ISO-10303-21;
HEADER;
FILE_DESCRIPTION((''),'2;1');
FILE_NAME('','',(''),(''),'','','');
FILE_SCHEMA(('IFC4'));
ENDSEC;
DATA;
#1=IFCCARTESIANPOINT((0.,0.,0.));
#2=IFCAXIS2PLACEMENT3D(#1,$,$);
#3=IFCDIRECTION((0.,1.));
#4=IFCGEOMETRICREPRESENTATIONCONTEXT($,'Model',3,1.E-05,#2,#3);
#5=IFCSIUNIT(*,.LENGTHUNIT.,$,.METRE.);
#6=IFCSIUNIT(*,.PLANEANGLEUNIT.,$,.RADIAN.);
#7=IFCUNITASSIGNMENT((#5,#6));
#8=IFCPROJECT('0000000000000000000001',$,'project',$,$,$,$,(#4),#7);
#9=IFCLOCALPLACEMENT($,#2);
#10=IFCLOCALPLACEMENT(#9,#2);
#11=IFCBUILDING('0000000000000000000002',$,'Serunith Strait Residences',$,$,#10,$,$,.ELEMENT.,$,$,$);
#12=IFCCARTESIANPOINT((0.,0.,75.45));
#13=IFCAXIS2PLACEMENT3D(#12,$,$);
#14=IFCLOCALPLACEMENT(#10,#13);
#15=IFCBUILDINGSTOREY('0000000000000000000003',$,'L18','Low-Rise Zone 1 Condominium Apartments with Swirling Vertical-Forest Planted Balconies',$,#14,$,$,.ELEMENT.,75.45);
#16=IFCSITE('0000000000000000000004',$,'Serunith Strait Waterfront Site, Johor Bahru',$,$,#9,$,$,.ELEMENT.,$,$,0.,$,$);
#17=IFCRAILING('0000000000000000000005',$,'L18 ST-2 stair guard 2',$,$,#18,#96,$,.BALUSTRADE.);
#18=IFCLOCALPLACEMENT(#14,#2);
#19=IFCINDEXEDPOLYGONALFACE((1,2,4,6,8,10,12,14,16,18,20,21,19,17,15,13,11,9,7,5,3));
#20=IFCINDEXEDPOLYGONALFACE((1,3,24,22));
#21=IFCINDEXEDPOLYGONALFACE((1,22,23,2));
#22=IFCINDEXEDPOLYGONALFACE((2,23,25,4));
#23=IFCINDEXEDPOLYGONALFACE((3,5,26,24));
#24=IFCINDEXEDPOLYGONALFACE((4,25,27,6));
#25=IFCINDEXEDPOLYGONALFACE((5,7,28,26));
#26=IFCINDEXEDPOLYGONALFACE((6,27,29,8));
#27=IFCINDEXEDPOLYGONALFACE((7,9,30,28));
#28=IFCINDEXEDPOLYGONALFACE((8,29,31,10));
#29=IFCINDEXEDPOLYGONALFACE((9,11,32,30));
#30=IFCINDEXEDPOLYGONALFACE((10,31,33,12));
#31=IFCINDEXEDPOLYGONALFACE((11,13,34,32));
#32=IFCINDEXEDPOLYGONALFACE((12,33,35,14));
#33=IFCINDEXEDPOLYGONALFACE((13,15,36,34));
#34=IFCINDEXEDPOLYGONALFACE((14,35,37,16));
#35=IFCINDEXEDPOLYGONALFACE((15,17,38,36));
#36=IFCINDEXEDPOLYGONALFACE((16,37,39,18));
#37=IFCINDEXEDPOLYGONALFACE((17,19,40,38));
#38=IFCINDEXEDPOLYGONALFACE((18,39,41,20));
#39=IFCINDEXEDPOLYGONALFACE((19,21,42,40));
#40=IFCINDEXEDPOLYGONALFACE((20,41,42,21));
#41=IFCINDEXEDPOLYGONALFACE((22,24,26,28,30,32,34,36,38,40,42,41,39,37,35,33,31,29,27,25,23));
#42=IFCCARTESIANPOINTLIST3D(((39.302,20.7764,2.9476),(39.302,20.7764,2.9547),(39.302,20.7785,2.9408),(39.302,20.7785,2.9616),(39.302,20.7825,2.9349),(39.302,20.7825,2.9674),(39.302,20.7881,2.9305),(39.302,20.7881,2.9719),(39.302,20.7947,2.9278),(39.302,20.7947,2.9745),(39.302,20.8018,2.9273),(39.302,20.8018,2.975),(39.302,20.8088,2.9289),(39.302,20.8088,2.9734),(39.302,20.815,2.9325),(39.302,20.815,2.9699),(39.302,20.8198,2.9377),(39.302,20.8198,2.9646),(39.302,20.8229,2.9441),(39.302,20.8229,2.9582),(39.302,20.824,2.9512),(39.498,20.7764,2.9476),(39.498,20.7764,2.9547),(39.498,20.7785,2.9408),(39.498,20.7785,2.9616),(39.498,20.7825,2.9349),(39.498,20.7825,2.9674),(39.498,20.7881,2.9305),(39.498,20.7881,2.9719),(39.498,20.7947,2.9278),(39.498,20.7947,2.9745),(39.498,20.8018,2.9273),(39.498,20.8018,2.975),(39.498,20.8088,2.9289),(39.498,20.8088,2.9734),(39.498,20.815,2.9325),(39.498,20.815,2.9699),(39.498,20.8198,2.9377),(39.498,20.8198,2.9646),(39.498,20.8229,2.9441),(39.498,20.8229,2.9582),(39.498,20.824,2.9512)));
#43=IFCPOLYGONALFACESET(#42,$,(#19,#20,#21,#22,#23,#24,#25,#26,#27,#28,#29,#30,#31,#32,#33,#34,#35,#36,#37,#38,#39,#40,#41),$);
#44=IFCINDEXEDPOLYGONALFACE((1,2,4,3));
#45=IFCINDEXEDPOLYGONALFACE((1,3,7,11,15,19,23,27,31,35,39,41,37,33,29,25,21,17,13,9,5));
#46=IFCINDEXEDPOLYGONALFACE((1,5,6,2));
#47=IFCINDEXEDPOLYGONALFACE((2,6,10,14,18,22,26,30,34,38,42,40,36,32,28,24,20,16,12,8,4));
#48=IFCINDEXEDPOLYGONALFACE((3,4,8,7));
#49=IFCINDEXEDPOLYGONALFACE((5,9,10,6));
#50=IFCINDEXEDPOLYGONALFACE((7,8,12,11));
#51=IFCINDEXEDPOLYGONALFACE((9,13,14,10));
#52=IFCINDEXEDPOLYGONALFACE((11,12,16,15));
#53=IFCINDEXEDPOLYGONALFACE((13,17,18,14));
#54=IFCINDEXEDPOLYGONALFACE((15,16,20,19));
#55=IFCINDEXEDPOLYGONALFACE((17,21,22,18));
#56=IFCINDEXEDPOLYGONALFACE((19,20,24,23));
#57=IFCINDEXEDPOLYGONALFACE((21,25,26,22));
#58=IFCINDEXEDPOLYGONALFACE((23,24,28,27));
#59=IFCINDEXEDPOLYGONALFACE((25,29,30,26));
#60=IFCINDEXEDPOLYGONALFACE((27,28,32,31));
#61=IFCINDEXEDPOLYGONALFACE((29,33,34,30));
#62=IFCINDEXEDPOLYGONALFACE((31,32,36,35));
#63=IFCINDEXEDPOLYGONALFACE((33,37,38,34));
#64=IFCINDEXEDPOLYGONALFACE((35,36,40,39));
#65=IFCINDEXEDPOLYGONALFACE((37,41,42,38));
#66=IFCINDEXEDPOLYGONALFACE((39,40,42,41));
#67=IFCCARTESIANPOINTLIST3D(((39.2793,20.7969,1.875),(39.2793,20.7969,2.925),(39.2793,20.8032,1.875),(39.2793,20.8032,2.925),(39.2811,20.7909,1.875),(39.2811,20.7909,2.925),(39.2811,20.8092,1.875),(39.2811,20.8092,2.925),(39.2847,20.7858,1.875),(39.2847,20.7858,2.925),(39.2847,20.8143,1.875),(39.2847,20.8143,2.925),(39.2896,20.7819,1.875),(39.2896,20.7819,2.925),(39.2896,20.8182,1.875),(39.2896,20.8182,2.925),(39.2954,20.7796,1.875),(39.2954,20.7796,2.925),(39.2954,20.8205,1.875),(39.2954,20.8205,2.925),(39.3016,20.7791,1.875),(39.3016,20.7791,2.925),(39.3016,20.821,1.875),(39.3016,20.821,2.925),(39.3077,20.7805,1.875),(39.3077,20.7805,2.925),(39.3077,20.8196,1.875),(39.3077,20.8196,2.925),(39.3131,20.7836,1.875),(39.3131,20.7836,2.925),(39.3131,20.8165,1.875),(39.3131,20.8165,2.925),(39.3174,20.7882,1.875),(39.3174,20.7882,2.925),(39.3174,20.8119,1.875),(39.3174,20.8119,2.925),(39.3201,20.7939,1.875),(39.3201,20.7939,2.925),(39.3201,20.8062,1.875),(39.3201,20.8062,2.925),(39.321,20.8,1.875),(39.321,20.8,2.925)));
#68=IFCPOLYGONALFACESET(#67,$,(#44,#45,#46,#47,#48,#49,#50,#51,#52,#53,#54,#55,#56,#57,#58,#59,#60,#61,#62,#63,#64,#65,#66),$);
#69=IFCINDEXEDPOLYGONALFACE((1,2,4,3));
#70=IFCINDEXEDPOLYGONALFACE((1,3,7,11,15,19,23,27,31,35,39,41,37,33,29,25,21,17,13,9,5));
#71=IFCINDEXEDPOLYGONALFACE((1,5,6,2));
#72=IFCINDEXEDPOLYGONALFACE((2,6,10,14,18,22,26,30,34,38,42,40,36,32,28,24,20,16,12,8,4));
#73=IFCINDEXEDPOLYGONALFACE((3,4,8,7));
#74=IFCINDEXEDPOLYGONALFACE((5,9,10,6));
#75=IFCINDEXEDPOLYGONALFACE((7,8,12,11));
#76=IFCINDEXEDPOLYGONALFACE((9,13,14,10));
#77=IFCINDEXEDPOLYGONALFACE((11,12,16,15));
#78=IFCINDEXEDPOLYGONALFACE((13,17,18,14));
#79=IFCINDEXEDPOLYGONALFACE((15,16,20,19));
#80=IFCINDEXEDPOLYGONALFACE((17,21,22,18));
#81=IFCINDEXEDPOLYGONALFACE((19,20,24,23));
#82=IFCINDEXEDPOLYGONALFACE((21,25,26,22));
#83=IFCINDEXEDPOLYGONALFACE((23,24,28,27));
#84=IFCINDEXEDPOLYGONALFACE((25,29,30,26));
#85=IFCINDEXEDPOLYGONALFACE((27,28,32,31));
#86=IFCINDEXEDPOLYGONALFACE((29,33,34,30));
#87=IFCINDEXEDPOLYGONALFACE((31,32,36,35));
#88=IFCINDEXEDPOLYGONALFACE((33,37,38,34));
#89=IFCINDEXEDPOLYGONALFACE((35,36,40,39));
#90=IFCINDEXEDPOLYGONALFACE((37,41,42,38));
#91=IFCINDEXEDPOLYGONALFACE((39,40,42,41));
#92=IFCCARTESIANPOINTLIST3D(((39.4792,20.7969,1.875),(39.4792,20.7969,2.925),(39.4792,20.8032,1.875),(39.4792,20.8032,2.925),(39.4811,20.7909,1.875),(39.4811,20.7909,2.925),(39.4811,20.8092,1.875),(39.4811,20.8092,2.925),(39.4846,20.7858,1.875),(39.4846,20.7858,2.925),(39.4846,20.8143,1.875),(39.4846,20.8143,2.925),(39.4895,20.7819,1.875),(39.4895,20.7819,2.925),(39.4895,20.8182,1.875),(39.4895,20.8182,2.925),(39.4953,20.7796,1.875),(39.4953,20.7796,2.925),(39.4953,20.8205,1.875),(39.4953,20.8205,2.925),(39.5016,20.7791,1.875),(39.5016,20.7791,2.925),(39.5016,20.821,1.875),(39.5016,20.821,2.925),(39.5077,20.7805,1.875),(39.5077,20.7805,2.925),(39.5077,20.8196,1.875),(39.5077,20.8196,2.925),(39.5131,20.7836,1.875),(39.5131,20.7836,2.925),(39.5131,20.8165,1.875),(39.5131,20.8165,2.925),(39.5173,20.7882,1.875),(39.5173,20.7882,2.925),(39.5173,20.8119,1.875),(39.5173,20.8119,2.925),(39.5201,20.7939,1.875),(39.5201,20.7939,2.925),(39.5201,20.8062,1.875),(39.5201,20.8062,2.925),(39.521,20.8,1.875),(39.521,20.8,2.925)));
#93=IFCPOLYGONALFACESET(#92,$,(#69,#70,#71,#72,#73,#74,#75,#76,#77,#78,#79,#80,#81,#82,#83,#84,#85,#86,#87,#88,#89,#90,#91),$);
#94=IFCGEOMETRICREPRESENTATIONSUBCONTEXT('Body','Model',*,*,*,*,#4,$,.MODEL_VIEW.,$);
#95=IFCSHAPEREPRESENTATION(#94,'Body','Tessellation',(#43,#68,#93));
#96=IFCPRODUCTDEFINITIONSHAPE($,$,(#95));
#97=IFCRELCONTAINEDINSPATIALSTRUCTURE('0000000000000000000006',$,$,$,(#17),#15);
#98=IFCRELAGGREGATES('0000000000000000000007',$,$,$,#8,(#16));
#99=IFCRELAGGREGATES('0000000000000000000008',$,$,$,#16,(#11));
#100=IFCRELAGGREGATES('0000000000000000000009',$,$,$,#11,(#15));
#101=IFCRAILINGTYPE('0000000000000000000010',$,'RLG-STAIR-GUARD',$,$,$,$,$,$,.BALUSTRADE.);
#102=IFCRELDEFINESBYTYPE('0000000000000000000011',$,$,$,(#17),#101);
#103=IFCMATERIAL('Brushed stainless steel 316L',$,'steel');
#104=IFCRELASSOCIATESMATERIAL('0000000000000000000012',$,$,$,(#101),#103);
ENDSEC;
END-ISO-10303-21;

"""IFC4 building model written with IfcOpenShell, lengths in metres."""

from ifc_helpers import new_model, si_unit, direction, frame, origin, origin_2d, place, context, subcontext, project, spatial, circle, extrude, material, type_object, element, save


model = new_model("IFC4")

# Units and contexts
model_context = context("Model", 3, precision=1e-05, world=origin(), true_north=direction((0.0, 1.0)))
body_context = subcontext(model_context, "Body", "Model", "MODEL_VIEW")
ifc_project = project(units=[si_unit("LENGTHUNIT", "METRE"), si_unit("PLANEANGLEUNIT", "RADIAN")], contexts=[model_context])

# Site, building, storey
site_placement = place(None, origin())
site = spatial("IfcSite", under=ifc_project, at=site_placement, Name="Serunith Strait Waterfront Site, Johor Bahru", CompositionType="ELEMENT", RefElevation=0.0)
building_placement = place(site_placement, origin())
building = spatial("IfcBuilding", under=site, at=building_placement, Name="Serunith Strait Residences", CompositionType="ELEMENT")
storey_placement = place(building_placement, frame((0.0, 0.0, 75.45)))
storey = spatial("IfcBuildingStorey", under=building, at=storey_placement, Name="L18", Description="Low-Rise Zone 1 Condominium Apartments with Swirling Vertical-Forest Planted Balconies", CompositionType="ELEMENT", Elevation=75.45)

# Railing
ifc_material_1 = material(Name="Brushed stainless steel 316L", Category="steel")
railing_type_1 = type_object("IfcRailingType", Name="RLG-STAIR-GUARD", PredefinedType="BALUSTRADE", material=ifc_material_1)
railing_1_placement = place(storey_placement, frame((39.3, 20.8, 1.875)))
element("IfcRailing", 1, at=railing_1_placement, inside=storey, type_object=railing_type_1, Name="L18 ST-2 stair guard 2", PredefinedType="BALUSTRADE", context=body_context, shape_type="SweptSolid", body=[
    extrude(circle(Radius=0.0239, at=origin_2d()), frame((0.002, 0.0, 1.0762), z_axis=(1.0, 0.0, 0.0), x_axis=(0.0, 1.0, 0.0)), (0.0, 0.0, 1.0), 0.196),
    extrude(circle(Radius=0.021, at=origin_2d()), origin(), (0.0, 0.0, 1.0), 1.05),
    extrude(circle(Radius=0.021, at=origin_2d()), frame((0.2, 0.0, 0.0)), (0.0, 0.0, 1.0), 1.05),
])

save(model, "model.ifc")
